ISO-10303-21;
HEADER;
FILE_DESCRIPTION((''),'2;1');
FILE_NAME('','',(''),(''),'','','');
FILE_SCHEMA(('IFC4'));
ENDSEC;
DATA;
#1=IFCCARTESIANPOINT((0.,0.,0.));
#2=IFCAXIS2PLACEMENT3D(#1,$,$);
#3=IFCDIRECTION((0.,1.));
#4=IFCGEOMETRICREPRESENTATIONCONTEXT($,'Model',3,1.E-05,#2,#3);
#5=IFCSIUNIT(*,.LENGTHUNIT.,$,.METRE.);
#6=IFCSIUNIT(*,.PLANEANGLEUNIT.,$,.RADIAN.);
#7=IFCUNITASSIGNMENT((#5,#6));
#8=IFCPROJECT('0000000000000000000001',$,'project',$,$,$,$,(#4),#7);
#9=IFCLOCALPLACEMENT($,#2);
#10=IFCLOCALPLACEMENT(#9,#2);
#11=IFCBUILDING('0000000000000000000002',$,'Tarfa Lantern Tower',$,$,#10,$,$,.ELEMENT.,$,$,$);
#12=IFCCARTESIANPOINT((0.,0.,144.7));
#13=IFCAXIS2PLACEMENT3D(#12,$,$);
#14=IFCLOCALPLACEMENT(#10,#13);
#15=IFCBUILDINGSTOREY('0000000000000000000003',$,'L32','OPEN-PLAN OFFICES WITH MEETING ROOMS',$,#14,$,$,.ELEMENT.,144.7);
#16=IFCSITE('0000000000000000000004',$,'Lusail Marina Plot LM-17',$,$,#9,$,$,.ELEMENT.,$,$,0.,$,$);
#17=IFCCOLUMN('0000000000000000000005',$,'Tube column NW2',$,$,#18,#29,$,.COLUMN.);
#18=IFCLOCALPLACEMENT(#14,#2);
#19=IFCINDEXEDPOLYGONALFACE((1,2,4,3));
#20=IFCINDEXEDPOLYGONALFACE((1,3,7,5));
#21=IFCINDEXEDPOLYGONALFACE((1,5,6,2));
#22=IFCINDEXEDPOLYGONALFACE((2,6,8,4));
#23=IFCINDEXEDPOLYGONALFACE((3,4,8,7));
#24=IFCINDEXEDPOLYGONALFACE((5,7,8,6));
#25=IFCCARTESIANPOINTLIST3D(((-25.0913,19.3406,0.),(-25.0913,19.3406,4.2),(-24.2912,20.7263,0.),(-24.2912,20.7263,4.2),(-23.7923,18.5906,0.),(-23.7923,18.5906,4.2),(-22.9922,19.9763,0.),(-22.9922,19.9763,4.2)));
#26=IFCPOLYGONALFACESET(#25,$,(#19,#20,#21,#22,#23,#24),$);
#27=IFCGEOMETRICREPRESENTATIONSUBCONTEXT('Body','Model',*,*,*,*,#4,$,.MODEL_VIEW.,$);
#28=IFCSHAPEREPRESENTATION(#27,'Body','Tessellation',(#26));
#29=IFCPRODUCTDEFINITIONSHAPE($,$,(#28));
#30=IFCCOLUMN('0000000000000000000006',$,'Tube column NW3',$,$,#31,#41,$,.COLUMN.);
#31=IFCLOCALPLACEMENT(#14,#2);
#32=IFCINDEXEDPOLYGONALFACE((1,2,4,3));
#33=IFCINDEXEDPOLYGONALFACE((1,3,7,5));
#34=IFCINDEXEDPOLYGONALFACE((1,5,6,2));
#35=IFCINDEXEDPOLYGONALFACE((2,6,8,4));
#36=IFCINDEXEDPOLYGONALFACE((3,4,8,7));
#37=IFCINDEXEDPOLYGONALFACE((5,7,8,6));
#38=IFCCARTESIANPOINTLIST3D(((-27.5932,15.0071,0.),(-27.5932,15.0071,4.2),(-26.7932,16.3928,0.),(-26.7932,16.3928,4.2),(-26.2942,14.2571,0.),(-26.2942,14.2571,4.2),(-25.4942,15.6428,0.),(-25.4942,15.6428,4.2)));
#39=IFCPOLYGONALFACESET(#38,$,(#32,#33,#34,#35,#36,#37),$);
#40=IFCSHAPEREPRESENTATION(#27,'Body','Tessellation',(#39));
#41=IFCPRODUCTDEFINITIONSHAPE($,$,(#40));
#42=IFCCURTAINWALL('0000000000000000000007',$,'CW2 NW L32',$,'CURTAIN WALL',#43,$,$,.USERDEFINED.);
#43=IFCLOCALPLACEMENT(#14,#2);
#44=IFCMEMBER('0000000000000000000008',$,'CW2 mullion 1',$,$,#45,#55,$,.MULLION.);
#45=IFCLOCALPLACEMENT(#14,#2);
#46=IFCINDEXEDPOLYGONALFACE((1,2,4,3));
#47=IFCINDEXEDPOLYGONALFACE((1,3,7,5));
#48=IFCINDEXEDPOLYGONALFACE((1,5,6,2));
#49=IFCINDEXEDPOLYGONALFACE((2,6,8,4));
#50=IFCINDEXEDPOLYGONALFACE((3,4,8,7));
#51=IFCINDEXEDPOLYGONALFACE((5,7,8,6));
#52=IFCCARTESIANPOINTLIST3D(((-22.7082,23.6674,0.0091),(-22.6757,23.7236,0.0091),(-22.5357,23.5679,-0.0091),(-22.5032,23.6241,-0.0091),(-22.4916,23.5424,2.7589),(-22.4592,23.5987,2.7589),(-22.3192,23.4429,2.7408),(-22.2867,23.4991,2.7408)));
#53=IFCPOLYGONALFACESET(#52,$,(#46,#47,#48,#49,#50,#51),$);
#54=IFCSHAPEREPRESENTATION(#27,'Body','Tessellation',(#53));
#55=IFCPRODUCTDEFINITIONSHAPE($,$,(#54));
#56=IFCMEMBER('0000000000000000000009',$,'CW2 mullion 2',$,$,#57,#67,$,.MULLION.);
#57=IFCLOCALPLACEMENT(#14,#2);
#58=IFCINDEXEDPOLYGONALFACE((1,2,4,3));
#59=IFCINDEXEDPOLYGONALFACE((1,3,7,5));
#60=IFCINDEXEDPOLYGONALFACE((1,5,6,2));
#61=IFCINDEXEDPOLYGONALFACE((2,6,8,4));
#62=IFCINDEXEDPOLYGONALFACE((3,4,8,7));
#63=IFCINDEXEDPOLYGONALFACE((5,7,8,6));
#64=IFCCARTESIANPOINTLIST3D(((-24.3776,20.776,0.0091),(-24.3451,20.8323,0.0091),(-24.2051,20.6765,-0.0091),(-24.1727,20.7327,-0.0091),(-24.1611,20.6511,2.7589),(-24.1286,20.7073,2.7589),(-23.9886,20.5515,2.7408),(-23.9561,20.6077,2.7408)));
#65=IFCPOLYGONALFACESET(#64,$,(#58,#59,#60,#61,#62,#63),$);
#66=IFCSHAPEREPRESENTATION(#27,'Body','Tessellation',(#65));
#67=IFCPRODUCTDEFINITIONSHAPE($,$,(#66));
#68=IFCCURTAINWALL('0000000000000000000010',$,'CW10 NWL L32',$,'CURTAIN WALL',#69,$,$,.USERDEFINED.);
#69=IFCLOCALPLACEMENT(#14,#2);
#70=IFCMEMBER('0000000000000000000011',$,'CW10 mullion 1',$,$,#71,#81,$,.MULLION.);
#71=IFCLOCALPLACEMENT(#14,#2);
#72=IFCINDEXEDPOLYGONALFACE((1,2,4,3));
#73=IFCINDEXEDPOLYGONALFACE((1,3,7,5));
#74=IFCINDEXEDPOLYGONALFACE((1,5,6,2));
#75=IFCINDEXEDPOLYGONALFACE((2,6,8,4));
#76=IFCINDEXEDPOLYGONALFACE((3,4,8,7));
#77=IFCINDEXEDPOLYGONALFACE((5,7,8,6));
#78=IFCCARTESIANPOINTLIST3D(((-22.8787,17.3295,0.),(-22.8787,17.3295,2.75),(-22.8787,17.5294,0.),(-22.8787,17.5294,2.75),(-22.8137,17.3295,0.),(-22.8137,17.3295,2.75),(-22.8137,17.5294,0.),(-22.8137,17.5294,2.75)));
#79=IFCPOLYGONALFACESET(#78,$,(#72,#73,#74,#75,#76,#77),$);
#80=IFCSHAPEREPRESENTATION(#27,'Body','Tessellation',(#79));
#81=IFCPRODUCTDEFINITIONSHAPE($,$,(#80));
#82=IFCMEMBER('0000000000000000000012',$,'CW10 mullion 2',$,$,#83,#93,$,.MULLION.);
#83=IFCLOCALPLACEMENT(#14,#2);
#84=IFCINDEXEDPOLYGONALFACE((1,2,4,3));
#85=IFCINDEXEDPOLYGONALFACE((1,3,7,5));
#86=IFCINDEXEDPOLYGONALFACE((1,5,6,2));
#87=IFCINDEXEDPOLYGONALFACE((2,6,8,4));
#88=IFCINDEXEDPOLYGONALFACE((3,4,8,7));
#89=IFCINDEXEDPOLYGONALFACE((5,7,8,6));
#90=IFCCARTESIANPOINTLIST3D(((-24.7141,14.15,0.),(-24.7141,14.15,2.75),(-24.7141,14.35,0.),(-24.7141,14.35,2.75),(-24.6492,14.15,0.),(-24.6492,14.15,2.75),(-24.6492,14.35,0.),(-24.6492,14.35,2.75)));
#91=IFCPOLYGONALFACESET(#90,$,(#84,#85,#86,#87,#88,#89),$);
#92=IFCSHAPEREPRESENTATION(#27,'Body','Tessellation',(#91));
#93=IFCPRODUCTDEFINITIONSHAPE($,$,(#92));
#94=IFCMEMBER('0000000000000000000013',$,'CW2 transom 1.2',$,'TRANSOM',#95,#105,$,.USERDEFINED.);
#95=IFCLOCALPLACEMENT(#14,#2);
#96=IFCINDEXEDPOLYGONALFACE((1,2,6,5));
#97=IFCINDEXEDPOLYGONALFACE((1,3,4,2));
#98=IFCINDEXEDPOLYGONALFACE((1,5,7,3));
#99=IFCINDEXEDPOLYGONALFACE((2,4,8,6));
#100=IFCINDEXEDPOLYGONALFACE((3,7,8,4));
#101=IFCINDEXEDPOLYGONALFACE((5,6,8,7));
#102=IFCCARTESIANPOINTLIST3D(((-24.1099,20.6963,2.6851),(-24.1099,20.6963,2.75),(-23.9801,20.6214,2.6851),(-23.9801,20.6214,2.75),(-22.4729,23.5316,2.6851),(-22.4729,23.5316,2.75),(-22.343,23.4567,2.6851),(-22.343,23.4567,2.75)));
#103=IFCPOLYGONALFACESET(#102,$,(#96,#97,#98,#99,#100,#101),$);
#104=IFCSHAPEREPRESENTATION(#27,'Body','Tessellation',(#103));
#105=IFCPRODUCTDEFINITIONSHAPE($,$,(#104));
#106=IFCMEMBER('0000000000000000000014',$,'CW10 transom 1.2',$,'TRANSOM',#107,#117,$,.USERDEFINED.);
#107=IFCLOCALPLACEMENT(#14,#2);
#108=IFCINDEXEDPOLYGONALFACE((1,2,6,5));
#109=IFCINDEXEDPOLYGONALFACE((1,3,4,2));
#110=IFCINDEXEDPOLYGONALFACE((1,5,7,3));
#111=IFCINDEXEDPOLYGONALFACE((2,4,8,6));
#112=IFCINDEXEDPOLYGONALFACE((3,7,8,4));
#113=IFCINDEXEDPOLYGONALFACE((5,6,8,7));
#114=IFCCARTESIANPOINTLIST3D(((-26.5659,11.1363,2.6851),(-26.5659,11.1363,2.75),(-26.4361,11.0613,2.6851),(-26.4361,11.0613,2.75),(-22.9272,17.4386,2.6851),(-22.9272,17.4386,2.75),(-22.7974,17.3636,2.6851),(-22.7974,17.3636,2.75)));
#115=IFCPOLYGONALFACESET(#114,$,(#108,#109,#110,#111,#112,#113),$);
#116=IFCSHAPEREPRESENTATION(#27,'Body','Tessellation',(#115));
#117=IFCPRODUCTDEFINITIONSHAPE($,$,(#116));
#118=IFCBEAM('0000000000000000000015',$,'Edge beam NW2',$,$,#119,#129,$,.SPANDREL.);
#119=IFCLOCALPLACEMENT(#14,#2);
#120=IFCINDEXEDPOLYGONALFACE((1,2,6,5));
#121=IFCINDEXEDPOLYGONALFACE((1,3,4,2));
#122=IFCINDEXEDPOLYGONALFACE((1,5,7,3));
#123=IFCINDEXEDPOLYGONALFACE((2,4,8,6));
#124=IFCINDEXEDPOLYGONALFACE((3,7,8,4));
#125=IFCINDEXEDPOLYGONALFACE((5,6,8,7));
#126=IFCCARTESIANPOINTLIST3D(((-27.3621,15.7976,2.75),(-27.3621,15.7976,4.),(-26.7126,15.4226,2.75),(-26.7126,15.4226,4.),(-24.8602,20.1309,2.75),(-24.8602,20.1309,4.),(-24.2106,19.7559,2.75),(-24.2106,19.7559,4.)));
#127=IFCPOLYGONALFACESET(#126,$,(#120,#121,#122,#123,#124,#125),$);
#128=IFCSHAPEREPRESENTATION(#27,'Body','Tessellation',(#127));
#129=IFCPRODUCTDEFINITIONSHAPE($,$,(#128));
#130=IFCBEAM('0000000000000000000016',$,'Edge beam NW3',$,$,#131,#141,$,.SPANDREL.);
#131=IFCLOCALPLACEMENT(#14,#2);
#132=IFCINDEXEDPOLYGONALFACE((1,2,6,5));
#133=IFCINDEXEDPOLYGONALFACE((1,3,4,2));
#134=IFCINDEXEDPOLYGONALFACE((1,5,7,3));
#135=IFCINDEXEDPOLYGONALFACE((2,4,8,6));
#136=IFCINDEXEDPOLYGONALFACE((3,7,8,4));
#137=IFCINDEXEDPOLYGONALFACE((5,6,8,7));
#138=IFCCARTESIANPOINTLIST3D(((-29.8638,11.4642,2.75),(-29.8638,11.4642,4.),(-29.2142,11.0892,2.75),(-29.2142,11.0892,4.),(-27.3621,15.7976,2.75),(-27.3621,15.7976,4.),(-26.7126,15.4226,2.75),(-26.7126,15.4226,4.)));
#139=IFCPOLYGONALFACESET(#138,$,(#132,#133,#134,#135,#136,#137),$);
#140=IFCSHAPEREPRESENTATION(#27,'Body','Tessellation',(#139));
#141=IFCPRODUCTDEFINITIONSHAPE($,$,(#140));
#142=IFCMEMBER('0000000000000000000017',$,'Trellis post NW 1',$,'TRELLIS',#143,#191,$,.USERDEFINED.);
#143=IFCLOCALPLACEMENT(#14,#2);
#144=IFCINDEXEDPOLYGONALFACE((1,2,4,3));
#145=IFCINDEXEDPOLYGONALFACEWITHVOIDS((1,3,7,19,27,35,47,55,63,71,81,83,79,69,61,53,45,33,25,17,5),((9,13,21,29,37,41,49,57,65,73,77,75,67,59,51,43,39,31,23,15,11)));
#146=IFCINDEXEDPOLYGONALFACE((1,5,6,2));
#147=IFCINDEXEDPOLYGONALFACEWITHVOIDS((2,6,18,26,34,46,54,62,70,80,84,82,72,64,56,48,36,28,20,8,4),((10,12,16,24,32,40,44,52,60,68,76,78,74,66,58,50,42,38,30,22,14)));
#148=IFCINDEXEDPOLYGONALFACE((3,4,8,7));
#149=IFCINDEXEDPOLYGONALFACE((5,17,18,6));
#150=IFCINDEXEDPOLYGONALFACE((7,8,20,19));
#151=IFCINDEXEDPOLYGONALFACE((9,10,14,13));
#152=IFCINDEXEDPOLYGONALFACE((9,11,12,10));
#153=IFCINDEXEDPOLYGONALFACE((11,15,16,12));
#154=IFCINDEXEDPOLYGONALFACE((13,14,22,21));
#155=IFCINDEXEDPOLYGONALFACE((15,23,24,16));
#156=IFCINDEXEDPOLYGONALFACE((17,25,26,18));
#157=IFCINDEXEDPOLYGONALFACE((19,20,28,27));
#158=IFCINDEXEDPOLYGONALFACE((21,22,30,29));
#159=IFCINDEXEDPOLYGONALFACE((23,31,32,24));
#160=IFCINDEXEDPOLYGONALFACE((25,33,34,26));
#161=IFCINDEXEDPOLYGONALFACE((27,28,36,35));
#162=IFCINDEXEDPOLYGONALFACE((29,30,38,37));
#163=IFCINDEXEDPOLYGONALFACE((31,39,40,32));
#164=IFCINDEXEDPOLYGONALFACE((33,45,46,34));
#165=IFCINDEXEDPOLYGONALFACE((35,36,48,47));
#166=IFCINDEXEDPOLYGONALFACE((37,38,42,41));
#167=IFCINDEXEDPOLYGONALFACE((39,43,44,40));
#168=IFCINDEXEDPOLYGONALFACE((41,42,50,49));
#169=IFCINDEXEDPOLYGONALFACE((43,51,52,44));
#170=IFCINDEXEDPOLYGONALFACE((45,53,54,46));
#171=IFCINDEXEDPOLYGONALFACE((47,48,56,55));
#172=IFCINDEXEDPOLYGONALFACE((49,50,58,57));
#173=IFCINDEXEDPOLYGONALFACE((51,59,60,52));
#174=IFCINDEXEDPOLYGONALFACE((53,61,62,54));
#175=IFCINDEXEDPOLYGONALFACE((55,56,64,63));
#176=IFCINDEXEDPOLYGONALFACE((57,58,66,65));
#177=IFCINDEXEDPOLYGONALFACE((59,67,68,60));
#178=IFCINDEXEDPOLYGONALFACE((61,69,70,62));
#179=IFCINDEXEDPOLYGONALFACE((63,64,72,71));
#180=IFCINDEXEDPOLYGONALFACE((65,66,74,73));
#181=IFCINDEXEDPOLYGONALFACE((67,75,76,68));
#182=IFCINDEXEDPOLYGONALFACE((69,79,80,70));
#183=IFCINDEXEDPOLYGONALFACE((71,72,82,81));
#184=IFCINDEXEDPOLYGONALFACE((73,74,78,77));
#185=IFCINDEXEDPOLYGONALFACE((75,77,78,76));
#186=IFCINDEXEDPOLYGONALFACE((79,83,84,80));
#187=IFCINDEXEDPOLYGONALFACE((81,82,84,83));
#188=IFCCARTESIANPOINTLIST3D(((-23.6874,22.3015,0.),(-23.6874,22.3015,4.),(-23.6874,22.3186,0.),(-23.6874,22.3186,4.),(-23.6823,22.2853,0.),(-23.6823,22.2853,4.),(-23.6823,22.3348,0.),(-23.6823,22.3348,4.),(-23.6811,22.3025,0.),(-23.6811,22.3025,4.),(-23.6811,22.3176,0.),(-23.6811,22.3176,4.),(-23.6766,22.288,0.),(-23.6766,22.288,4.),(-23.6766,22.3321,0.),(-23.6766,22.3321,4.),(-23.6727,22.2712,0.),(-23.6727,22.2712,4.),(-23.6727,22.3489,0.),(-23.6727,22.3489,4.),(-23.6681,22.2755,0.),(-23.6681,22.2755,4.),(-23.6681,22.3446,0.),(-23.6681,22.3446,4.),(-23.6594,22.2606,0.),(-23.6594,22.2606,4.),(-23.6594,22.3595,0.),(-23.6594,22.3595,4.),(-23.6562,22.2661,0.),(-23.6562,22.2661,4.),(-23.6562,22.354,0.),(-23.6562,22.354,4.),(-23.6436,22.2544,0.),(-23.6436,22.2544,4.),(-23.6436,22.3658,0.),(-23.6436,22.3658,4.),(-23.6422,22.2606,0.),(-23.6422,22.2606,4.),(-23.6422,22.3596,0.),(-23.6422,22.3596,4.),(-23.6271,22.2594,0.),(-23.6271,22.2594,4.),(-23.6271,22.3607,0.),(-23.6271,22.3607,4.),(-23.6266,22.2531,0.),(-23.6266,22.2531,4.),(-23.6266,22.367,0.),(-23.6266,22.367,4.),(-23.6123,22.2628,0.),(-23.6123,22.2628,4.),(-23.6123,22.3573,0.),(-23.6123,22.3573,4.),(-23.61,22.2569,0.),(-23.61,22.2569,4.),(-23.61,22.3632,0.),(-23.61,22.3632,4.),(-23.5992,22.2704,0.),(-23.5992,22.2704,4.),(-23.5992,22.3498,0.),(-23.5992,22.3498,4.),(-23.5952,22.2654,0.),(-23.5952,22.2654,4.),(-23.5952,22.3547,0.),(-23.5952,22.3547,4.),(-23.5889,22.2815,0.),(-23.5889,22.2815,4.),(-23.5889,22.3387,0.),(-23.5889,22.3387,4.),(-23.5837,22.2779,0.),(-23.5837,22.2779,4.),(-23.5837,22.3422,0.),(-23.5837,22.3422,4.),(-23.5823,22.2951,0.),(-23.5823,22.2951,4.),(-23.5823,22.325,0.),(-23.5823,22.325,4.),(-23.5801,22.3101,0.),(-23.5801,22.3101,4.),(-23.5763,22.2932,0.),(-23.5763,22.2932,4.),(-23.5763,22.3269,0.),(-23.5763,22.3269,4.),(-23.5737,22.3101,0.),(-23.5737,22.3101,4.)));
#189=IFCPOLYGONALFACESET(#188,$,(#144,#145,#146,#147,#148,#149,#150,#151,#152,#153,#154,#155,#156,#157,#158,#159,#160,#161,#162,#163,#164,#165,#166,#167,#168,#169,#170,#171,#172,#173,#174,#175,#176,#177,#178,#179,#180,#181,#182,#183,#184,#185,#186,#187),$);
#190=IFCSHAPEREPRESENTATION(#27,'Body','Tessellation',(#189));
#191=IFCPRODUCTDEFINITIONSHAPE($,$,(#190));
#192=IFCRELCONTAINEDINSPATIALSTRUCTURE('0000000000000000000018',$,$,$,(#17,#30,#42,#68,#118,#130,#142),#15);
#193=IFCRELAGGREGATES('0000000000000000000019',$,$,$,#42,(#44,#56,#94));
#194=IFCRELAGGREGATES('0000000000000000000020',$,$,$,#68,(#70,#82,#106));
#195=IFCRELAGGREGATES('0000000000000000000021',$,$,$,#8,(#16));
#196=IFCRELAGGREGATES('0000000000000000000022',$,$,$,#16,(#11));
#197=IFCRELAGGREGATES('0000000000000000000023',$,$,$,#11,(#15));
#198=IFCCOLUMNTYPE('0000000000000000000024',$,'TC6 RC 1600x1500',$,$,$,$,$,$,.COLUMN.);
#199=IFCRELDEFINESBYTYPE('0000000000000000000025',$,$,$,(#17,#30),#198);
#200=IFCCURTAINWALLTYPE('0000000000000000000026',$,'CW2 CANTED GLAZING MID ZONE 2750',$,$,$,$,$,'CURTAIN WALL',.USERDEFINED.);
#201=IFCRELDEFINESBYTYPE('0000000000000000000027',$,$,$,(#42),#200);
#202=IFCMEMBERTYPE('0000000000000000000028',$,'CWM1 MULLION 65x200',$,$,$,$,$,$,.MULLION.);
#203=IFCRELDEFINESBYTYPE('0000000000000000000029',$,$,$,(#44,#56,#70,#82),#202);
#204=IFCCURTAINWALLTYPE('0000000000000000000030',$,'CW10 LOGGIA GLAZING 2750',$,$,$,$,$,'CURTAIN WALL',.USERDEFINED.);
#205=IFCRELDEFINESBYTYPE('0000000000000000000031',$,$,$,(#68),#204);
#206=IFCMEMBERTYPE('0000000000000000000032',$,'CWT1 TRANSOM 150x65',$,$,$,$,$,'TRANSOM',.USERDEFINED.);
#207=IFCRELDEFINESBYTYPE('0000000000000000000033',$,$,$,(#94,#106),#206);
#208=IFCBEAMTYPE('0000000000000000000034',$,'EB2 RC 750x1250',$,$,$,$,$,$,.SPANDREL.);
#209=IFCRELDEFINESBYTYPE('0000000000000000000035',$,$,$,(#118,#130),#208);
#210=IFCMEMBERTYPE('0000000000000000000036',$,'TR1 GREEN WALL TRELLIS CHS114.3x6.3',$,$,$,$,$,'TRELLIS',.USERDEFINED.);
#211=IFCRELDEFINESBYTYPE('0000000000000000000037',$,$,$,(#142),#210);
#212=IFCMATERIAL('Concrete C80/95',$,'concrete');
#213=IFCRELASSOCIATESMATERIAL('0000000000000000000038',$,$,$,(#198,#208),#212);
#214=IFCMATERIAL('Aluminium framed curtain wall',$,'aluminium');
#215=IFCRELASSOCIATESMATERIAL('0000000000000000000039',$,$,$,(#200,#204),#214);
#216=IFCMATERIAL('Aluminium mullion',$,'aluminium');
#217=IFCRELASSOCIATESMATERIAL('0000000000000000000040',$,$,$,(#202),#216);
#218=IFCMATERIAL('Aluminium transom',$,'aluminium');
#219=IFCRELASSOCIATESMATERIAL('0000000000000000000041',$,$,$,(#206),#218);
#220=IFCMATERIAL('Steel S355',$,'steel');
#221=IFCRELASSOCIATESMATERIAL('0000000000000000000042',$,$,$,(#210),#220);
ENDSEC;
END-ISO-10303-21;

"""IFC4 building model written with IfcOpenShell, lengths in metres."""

from ifc_helpers import new_model, si_unit, direction, frame, origin, origin_2d, place, context, subcontext, project, spatial, rectangle, hollow_circle, extrude, material, material_profile, profile_set, type_object, element, aggregate, save


model = new_model("IFC4")

# Units and contexts
model_context = context("Model", 3, precision=1e-05, world=origin(), true_north=direction((0.0, 1.0)))
body_context = subcontext(model_context, "Body", "Model", "MODEL_VIEW")
ifc_project = project(units=[si_unit("LENGTHUNIT", "METRE"), si_unit("PLANEANGLEUNIT", "RADIAN")], contexts=[model_context])

# Site, building, storey
site_placement = place(None, origin())
site = spatial("IfcSite", under=ifc_project, at=site_placement, Name="Lusail Marina Plot LM-17", CompositionType="ELEMENT", RefElevation=0.0)
building_placement = place(site_placement, origin())
building = spatial("IfcBuilding", under=site, at=building_placement, Name="Tarfa Lantern Tower", CompositionType="ELEMENT")
storey_placement = place(building_placement, frame((0.0, 0.0, 144.7)))
storey = spatial("IfcBuildingStorey", under=building, at=storey_placement, Name="L32", Description="OPEN-PLAN OFFICES WITH MEETING ROOMS", CompositionType="ELEMENT", Elevation=144.7)

# Columns
ifc_material_1 = material(Name="Concrete C80/95", Category="concrete")
ifc_material_profile_1 = material_profile(ifc_material_1, rectangle(XDim=1.6001, YDim=1.5, at=origin_2d()), Name="RC 1600x1500")
ifc_profile_set_1 = profile_set([ifc_material_profile_1], Name="Concrete C80/95")
column_type = type_object("IfcColumnType", Name="TC6 RC 1600x1500", PredefinedType="COLUMN", material=ifc_profile_set_1)
for number, where, z_axis, x_axis, name in (
    (1, (-24.0417, 19.6584, 0.0), (0.0, 0.0, 1.0), (-0.5, -0.866025, 0.0), "Tube column NW2"),
    (2, (-26.5437, 15.325, 0.0), (0.0, 0.0, 1.0), (-0.5, -0.866025, 0.0), "Tube column NW3"),
):
    element("IfcColumn", number, at=place(storey_placement, frame(where, z_axis=z_axis, x_axis=x_axis)), inside=storey, type_object=column_type, Name=name, PredefinedType="COLUMN", context=body_context, shape_type="SweptSolid", body=[
        extrude(rectangle(XDim=1.6001, YDim=1.5, at=origin_2d()), origin(), (0.0, 0.0, 1.0), 4.2),
    ])

# Curtain walls, members
ifc_material_2 = material(Name="Aluminium framed curtain wall", Category="aluminium")
curtain_wall_type_1 = type_object("IfcCurtainWallType", Name="CW2 CANTED GLAZING MID ZONE 2750", ElementType="CURTAIN WALL", PredefinedType="USERDEFINED", material=ifc_material_2)
curtain_wall_1_placement = place(storey_placement, origin())
curtain_wall_1 = element("IfcCurtainWall", 3, at=curtain_wall_1_placement, inside=storey, type_object=curtain_wall_type_1, Name="CW2 NW L32", ObjectType="CURTAIN WALL", PredefinedType="USERDEFINED")
ifc_material_3 = material(Name="Aluminium mullion", Category="aluminium")
ifc_material_profile_2 = material_profile(ifc_material_3, rectangle(XDim=0.0649, YDim=0.2, at=origin_2d()), Name="AL MULLION 65x200")
ifc_profile_set_2 = profile_set([ifc_material_profile_2], Name="Aluminium mullion")
member_type_1 = type_object("IfcMemberType", Name="CWM1 MULLION 65x200", PredefinedType="MULLION", material=ifc_profile_set_2)
member_1_placement = place(storey_placement, frame((-22.6057, 23.6458, 0.0), z_axis=(0.078423, -0.045268, 0.995892), x_axis=(0.49992, 0.866072, 0.0)))
member_1 = element("IfcMember", 4, at=member_1_placement, type_object=member_type_1, Name="CW2 mullion 1", PredefinedType="MULLION", context=body_context, shape_type="SweptSolid", body=[
    extrude(rectangle(XDim=0.0649, YDim=0.2, at=origin_2d()), origin(), (0.0, 0.0, 1.0), 2.7612),
])
member_2_placement = place(storey_placement, frame((-24.2751, 20.7544, 0.0), z_axis=(0.078423, -0.045268, 0.995892), x_axis=(0.49992, 0.866072, 0.0)))
member_2 = element("IfcMember", 5, at=member_2_placement, type_object=member_type_1, Name="CW2 mullion 2", PredefinedType="MULLION", context=body_context, shape_type="SweptSolid", body=[
    extrude(rectangle(XDim=0.0649, YDim=0.2, at=origin_2d()), origin(), (0.0, 0.0, 1.0), 2.7612),
])
curtain_wall_type_2 = type_object("IfcCurtainWallType", Name="CW10 LOGGIA GLAZING 2750", ElementType="CURTAIN WALL", PredefinedType="USERDEFINED", material=ifc_material_2)
curtain_wall_2_placement = place(storey_placement, origin())
curtain_wall_2 = element("IfcCurtainWall", 6, at=curtain_wall_2_placement, inside=storey, type_object=curtain_wall_type_2, Name="CW10 NWL L32", ObjectType="CURTAIN WALL", PredefinedType="USERDEFINED")
member_3_placement = place(storey_placement, frame((-22.8462, 17.4294, 0.0), z_axis=(0.0, 0.0, 1.0), x_axis=(1.0, 0.0, 0.0)))
member_3 = element("IfcMember", 7, at=member_3_placement, type_object=member_type_1, Name="CW10 mullion 1", PredefinedType="MULLION", context=body_context, shape_type="SweptSolid", body=[
    extrude(rectangle(XDim=0.0649, YDim=0.2, at=origin_2d()), origin(), (0.0, 0.0, 1.0), 2.75),
])
member_4_placement = place(storey_placement, frame((-24.6816, 14.25, 0.0), z_axis=(0.0, 0.0, 1.0), x_axis=(1.0, 0.0, 0.0)))
member_4 = element("IfcMember", 8, at=member_4_placement, type_object=member_type_1, Name="CW10 mullion 2", PredefinedType="MULLION", context=body_context, shape_type="SweptSolid", body=[
    extrude(rectangle(XDim=0.0649, YDim=0.2, at=origin_2d()), origin(), (0.0, 0.0, 1.0), 2.75),
])

# Members
ifc_material_4 = material(Name="Aluminium transom", Category="aluminium")
ifc_material_profile_3 = material_profile(ifc_material_4, rectangle(XDim=0.1499, YDim=0.0649, at=origin_2d()), Name="AL TRANSOM 150x65")
ifc_profile_set_3 = profile_set([ifc_material_profile_3], Name="Aluminium transom")
member_type_2 = type_object("IfcMemberType", Name="CWT1 TRANSOM 150x65", ElementType="TRANSOM", PredefinedType="USERDEFINED", material=ifc_profile_set_3)
member_5_placement = place(storey_placement, frame((-22.408, 23.4941, 2.7175), z_axis=(-0.500013, -0.866018, 0.0), x_axis=(0.866018, -0.500013, 0.0)))
member_5 = element("IfcMember", 9, at=member_5_placement, type_object=member_type_2, Name="CW2 transom 1.2", ObjectType="TRANSOM", PredefinedType="USERDEFINED", context=body_context, shape_type="SweptSolid", body=[
    extrude(rectangle(XDim=0.1499, YDim=0.0649, at=origin_2d()), origin(), (0.0, 0.0, 1.0), 3.2739),
])
member_6_placement = place(storey_placement, frame((-22.8623, 17.4011, 2.7175), z_axis=(-0.500007, -0.866021, 0.0), x_axis=(0.866021, -0.500007, 0.0)))
member_6 = element("IfcMember", 10, at=member_6_placement, type_object=member_type_2, Name="CW10 transom 1.2", ObjectType="TRANSOM", PredefinedType="USERDEFINED", context=body_context, shape_type="SweptSolid", body=[
    extrude(rectangle(XDim=0.1499, YDim=0.0649, at=origin_2d()), origin(), (0.0, 0.0, 1.0), 7.2773),
])

# Beams
ifc_material_profile_4 = material_profile(ifc_material_1, rectangle(XDim=0.75, YDim=1.25, at=origin_2d()), Name="RC 750x1250")
ifc_profile_set_4 = profile_set([ifc_material_profile_4], Name="Concrete C80/95")
beam_type_1 = type_object("IfcBeamType", Name="EB2 RC 750x1250", PredefinedType="SPANDREL", material=ifc_profile_set_4)
for number, where, z_axis, x_axis, name in (
    (11, (-24.5354, 19.9434, 3.375), (-0.500022, -0.866013, 0.0), (0.866013, -0.500022, 0.0), "Edge beam NW2"),
    (12, (-27.0374, 15.6101, 3.375), (-0.499965, -0.866046, 0.0), (0.866046, -0.499965, 0.0), "Edge beam NW3"),
):
    element("IfcBeam", number, at=place(storey_placement, frame(where, z_axis=z_axis, x_axis=x_axis)), inside=storey, type_object=beam_type_1, Name=name, PredefinedType="SPANDREL", context=body_context, shape_type="SweptSolid", body=[
        extrude(rectangle(XDim=0.75, YDim=1.25, at=origin_2d()), origin(), (0.0, 0.0, 1.0), 5.0037),
    ])

# Member
ifc_material_5 = material(Name="Steel S355", Category="steel")
ifc_material_profile_5 = material_profile(ifc_material_5, hollow_circle(Radius=0.0571, WallThickness=0.0063, at=origin_2d()), Name="CHS114.3x6.3")
ifc_profile_set_5 = profile_set([ifc_material_profile_5], Name="Steel S355")
member_type_3 = type_object("IfcMemberType", Name="TR1 GREEN WALL TRELLIS CHS114.3x6.3", ElementType="TRELLIS", PredefinedType="USERDEFINED", material=ifc_profile_set_5)
member_7_placement = place(storey_placement, frame((-23.6309, 22.3101, 0.0), z_axis=(0.0, 0.0, 1.0), x_axis=(1.0, 0.0, 0.0)))
element("IfcMember", 13, at=member_7_placement, inside=storey, type_object=member_type_3, Name="Trellis post NW 1", ObjectType="TRELLIS", PredefinedType="USERDEFINED", context=body_context, shape_type="SweptSolid", body=[
    extrude(hollow_circle(Radius=0.0571, WallThickness=0.0063, at=origin_2d()), origin(), (0.0, 0.0, 1.0), 4.0),
])

aggregate(curtain_wall_1, [member_1, member_2, member_5])
aggregate(curtain_wall_2, [member_3, member_4, member_6])

save(model, "model.ifc")
